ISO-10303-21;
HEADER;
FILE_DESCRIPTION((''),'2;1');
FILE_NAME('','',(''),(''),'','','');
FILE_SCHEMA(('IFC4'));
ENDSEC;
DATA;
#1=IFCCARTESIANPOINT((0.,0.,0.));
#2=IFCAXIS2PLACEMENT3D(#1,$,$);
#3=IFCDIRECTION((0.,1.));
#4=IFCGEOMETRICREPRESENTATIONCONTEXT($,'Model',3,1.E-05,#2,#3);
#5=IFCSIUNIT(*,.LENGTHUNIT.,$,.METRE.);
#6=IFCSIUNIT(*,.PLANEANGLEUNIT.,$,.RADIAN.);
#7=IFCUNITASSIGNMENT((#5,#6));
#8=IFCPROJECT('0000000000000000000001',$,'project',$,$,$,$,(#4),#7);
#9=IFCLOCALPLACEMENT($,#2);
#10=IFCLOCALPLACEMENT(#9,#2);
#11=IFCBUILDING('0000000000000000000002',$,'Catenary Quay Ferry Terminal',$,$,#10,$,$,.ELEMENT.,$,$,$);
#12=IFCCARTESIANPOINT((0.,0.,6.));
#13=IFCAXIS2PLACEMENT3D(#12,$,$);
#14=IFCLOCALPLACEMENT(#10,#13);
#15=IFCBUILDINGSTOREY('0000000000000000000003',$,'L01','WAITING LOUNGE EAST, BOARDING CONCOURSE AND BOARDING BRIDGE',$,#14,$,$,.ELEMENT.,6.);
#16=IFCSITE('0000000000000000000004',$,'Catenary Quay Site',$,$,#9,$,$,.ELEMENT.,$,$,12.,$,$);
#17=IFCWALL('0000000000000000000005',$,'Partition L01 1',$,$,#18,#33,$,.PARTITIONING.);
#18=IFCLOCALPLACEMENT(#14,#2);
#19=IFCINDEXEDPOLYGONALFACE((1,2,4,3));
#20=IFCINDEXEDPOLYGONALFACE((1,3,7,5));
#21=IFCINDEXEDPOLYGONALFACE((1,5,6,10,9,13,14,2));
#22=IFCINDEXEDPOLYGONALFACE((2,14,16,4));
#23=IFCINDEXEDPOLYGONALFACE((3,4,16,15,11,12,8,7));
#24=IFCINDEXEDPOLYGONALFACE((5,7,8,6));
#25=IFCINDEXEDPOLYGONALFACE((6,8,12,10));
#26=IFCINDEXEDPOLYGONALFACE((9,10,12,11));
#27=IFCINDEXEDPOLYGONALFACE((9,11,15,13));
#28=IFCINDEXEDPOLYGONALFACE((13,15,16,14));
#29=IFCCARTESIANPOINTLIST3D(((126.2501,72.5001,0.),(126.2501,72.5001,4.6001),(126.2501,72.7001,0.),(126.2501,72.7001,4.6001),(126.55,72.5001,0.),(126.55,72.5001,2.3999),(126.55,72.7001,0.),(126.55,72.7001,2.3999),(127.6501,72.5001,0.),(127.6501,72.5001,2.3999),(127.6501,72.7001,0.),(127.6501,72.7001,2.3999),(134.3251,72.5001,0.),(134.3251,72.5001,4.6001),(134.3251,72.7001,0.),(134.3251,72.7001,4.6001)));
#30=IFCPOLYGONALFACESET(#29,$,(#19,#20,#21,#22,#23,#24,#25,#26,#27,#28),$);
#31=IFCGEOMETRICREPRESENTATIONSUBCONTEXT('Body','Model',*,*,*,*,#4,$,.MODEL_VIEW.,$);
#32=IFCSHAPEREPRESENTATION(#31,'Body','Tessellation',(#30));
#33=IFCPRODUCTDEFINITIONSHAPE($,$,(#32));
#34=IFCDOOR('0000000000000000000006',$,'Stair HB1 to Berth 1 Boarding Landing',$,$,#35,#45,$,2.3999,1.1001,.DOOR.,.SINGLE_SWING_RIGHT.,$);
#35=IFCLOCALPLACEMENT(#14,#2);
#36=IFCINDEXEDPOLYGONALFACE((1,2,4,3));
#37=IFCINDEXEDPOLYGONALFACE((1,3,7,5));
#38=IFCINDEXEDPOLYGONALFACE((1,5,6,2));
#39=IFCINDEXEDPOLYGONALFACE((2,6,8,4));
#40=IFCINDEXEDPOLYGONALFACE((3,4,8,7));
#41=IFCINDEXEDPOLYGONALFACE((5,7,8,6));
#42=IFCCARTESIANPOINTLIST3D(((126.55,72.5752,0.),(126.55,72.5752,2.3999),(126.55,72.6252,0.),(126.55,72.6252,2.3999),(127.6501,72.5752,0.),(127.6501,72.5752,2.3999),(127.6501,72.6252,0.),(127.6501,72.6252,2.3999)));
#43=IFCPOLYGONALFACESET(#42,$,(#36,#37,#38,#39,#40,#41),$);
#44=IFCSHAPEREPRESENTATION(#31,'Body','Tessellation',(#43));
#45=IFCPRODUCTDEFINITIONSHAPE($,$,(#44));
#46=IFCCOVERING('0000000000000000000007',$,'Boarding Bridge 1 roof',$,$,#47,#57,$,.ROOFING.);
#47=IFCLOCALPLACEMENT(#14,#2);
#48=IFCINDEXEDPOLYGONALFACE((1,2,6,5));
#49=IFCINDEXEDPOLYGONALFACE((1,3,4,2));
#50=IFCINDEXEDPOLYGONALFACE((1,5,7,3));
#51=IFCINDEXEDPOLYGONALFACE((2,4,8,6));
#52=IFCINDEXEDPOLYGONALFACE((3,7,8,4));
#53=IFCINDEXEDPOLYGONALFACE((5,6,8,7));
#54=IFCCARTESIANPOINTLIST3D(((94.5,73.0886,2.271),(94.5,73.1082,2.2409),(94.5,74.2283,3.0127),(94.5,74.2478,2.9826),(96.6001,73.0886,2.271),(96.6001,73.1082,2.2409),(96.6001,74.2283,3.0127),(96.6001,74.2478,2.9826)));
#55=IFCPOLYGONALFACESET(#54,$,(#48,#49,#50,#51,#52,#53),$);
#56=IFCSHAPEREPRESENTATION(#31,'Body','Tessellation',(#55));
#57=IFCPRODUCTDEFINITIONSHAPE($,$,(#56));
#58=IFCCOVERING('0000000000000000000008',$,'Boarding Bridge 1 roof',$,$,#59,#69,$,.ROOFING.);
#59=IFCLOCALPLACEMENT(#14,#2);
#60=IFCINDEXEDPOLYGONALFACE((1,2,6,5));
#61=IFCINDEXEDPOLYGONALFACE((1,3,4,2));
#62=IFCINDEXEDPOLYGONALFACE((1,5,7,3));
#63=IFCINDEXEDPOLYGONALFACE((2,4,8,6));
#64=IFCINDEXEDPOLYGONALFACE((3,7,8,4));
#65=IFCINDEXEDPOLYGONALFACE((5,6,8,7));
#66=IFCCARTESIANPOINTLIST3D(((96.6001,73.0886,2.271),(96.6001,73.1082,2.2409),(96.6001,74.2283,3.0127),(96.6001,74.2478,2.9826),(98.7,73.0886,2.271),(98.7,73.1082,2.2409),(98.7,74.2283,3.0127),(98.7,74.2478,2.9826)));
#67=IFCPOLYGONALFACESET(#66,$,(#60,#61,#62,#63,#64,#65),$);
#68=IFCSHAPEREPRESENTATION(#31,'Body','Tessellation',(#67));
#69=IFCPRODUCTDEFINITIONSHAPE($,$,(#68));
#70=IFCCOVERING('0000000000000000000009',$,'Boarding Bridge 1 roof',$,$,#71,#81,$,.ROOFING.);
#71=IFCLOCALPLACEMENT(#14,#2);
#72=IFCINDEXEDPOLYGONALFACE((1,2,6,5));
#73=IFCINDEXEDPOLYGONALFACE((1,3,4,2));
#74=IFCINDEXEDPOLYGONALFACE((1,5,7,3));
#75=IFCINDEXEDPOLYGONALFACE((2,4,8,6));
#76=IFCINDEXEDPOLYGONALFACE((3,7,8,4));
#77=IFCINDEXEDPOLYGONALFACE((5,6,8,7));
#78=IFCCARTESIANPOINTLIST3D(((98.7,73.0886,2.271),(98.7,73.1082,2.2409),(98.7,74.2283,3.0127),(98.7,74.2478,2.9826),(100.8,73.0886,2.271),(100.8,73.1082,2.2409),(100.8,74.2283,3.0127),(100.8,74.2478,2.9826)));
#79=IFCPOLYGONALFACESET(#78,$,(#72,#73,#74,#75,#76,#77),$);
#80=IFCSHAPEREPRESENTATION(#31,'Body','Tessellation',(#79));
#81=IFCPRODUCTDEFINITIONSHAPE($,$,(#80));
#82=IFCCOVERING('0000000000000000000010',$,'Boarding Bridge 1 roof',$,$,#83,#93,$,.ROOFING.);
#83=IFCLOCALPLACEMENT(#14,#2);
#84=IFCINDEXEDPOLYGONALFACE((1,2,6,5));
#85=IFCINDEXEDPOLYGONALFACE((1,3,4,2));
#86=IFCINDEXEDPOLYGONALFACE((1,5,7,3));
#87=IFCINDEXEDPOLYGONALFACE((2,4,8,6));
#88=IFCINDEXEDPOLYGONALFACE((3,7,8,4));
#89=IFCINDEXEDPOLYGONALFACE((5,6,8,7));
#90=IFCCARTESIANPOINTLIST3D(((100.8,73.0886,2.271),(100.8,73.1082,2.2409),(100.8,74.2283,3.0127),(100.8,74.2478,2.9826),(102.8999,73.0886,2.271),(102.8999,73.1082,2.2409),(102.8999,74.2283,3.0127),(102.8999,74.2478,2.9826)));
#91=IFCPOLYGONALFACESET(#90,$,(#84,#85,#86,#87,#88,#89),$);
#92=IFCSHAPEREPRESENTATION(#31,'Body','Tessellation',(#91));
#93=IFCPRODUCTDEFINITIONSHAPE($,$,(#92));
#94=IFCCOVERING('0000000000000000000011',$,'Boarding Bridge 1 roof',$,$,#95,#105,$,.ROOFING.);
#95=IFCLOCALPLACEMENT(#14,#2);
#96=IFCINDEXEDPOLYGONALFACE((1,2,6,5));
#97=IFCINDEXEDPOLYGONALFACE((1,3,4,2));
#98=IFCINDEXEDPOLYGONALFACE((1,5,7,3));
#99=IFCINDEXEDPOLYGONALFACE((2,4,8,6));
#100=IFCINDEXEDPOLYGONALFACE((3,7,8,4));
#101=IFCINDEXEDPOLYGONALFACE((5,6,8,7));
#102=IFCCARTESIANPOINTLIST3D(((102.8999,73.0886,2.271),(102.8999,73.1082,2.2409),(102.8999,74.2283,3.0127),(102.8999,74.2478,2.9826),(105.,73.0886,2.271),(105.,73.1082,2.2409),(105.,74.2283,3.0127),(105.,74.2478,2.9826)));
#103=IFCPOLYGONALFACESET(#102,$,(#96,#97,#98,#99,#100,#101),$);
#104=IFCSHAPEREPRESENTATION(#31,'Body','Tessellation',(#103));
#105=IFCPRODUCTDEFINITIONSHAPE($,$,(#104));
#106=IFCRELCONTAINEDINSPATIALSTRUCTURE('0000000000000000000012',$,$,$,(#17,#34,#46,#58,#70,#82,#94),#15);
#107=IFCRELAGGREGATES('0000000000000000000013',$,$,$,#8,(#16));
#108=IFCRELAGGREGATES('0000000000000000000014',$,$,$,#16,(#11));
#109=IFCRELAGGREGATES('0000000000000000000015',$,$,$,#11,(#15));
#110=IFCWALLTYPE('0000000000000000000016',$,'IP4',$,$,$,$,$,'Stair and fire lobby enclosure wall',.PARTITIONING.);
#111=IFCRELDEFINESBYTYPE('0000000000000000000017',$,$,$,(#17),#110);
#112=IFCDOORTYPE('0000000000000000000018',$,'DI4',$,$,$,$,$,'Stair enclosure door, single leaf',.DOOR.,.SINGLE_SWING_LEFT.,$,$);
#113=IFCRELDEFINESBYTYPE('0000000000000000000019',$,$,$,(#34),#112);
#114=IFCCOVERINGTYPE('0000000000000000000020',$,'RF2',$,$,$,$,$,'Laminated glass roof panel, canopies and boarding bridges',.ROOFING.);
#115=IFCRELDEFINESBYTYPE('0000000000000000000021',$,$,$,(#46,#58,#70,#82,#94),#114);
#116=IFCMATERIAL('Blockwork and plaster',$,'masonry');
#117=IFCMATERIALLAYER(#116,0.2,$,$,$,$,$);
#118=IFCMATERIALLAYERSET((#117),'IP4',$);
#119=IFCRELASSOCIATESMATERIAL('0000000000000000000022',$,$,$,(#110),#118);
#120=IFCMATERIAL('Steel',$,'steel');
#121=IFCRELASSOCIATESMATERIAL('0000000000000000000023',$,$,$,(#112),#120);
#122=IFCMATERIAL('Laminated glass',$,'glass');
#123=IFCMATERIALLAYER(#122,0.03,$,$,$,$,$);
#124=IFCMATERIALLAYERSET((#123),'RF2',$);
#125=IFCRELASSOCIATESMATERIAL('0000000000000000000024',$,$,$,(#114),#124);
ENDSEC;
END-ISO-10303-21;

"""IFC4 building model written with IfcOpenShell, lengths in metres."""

from ifc_helpers import new_model, si_unit, direction, frame, frame_2d, origin, place, context, subcontext, project, spatial, polyline, rectangle, outline, extrude, material, layer, layer_set, type_object, element, fill, save


model = new_model("IFC4")

# Units and contexts
model_context = context("Model", 3, precision=1e-05, world=origin(), true_north=direction((0.0, 1.0)))
body_context = subcontext(model_context, "Body", "Model", "MODEL_VIEW")
ifc_project = project(units=[si_unit("LENGTHUNIT", "METRE"), si_unit("PLANEANGLEUNIT", "RADIAN")], contexts=[model_context])

# Site, building, storey
site_placement = place(None, origin())
site = spatial("IfcSite", under=ifc_project, at=site_placement, Name="Catenary Quay Site", CompositionType="ELEMENT", RefElevation=12.0)
building_placement = place(site_placement, origin())
building = spatial("IfcBuilding", under=site, at=building_placement, Name="Catenary Quay Ferry Terminal", CompositionType="ELEMENT")
storey_placement = place(building_placement, frame((0.0, 0.0, 6.0)))
storey = spatial("IfcBuildingStorey", under=building, at=storey_placement, Name="L01", Description="WAITING LOUNGE EAST, BOARDING CONCOURSE AND BOARDING BRIDGE", CompositionType="ELEMENT", Elevation=6.0)

# Wall, opening, door
ifc_material_1 = material(Name="Blockwork and plaster", Category="masonry")
ifc_layer_1 = layer(ifc_material_1, 0.2)
ifc_layer_set_1 = layer_set([ifc_layer_1], Name="IP4")
wall_type_1 = type_object("IfcWallType", Name="IP4", ElementType="Stair and fire lobby enclosure wall", PredefinedType="PARTITIONING", material=ifc_layer_set_1)
wall_1_placement = place(storey_placement, frame((126.25, 72.6001, 0.0), z_axis=(0.0, 0.0, 1.0), x_axis=(1.0, 0.0, 0.0)))
wall_1 = element("IfcWall", 1, at=wall_1_placement, inside=storey, type_object=wall_type_1, Name="Partition L01 1", PredefinedType="PARTITIONING", context=body_context, shape_type="SweptSolid", body=[
    extrude(rectangle(XDim=8.075, YDim=0.2, at=frame_2d((4.0376, 0.0))), origin(), (0.0, 0.0, 1.0), 4.6001),
])
opening_1_placement = place(wall_1_placement, frame((0.3, 0.0, 0.0)))
opening_1 = element("IfcOpeningElement", 2, at=opening_1_placement, cuts=wall_1, PredefinedType="OPENING", context=body_context, shape_type="SweptSolid", body=[
    extrude(rectangle(XDim=1.1001, YDim=2.3999, at=frame_2d((0.55, 1.2))), frame((0.0, 0.1099, 0.0), z_axis=(0.0, -1.0, 0.0), x_axis=(1.0, 0.0, 0.0)), (0.0, 0.0, 1.0), 0.22),
])
ifc_material_2 = material(Name="Steel", Category="steel")
door_type_1 = type_object("IfcDoorType", Name="DI4", ElementType="Stair enclosure door, single leaf", OperationType="SINGLE_SWING_LEFT", PredefinedType="DOOR", material=ifc_material_2)
door_1_placement = place(opening_1_placement, frame((1.1001, 0.0, 0.0), z_axis=(0.0, 0.0, 1.0), x_axis=(-1.0, 0.0, 0.0)))
door_1 = element("IfcDoor", 3, at=door_1_placement, inside=storey, type_object=door_type_1, Name="Stair HB1 to Berth 1 Boarding Landing", OperationType="SINGLE_SWING_RIGHT", OverallHeight=2.3999, OverallWidth=1.1001, PredefinedType="DOOR", context=body_context, shape_type="SweptSolid", body=[
    extrude(rectangle(XDim=1.1001, YDim=2.3999, at=frame_2d((0.55, 1.2))), frame((0.0, 0.0249, 0.0), z_axis=(0.0, -1.0, 0.0), x_axis=(1.0, 0.0, 0.0)), (0.0, 0.0, 1.0), 0.05),
])
fill(opening_1, door_1)

# Coverings
ifc_material_3 = material(Name="Laminated glass", Category="glass")
ifc_layer_2 = layer(ifc_material_3, 0.03)
ifc_layer_set_2 = layer_set([ifc_layer_2], Name="RF2")
covering_type = type_object("IfcCoveringType", Name="RF2", ElementType="Laminated glass roof panel, canopies and boarding bridges", PredefinedType="ROOFING", material=ifc_layer_set_2)
covering_1_placement = place(storey_placement, frame((94.5, 73.0886, 2.271), z_axis=(0.0, -0.545468, 0.838132), x_axis=(1.0, 0.0, 0.0)))
element("IfcCovering", 4, at=covering_1_placement, inside=storey, type_object=covering_type, Name="Boarding Bridge 1 roof", PredefinedType="ROOFING", context=body_context, shape_type="SweptSolid", body=[
    extrude(outline(polyline([(0.0, 0.0), (2.1001, 0.0), (2.1001, 1.3597), (0.0, 1.3597), (0.0, 0.0)])), origin(), (0.0, 0.0, -1.0), 0.0359),
])
covering_2_placement = place(storey_placement, frame((96.6001, 73.0886, 2.271), z_axis=(0.0, -0.545468, 0.838132), x_axis=(1.0, 0.0, 0.0)))
element("IfcCovering", 5, at=covering_2_placement, inside=storey, type_object=covering_type, Name="Boarding Bridge 1 roof", PredefinedType="ROOFING", context=body_context, shape_type="SweptSolid", body=[
    extrude(outline(polyline([(0.0, 0.0), (2.0999, 0.0), (2.0999, 1.3597), (0.0, 1.3597), (0.0, 0.0)])), origin(), (0.0, 0.0, -1.0), 0.0359),
])
covering_3_placement = place(storey_placement, frame((98.7, 73.0886, 2.271), z_axis=(0.0, -0.545468, 0.838132), x_axis=(1.0, 0.0, 0.0)))
element("IfcCovering", 6, at=covering_3_placement, inside=storey, type_object=covering_type, Name="Boarding Bridge 1 roof", PredefinedType="ROOFING", context=body_context, shape_type="SweptSolid", body=[
    extrude(outline(polyline([(0.0, 0.0), (2.1001, 0.0), (2.1001, 1.3597), (0.0, 1.3597), (0.0, 0.0)])), origin(), (0.0, 0.0, -1.0), 0.0359),
])
covering_4_placement = place(storey_placement, frame((100.8, 73.0886, 2.271), z_axis=(0.0, -0.545468, 0.838132), x_axis=(1.0, 0.0, 0.0)))
element("IfcCovering", 7, at=covering_4_placement, inside=storey, type_object=covering_type, Name="Boarding Bridge 1 roof", PredefinedType="ROOFING", context=body_context, shape_type="SweptSolid", body=[
    extrude(outline(polyline([(0.0, 0.0), (2.0999, 0.0), (2.0999, 1.3597), (0.0, 1.3597), (0.0, 0.0)])), origin(), (0.0, 0.0, -1.0), 0.0359),
])
covering_5_placement = place(storey_placement, frame((102.8999, 73.0886, 2.271), z_axis=(0.0, -0.545468, 0.838132), x_axis=(1.0, 0.0, 0.0)))
element("IfcCovering", 8, at=covering_5_placement, inside=storey, type_object=covering_type, Name="Boarding Bridge 1 roof", PredefinedType="ROOFING", context=body_context, shape_type="SweptSolid", body=[
    extrude(outline(polyline([(0.0, 0.0), (2.1001, 0.0), (2.1001, 1.3597), (0.0, 1.3597), (0.0, 0.0)])), origin(), (0.0, 0.0, -1.0), 0.0359),
])

save(model, "model.ifc")
